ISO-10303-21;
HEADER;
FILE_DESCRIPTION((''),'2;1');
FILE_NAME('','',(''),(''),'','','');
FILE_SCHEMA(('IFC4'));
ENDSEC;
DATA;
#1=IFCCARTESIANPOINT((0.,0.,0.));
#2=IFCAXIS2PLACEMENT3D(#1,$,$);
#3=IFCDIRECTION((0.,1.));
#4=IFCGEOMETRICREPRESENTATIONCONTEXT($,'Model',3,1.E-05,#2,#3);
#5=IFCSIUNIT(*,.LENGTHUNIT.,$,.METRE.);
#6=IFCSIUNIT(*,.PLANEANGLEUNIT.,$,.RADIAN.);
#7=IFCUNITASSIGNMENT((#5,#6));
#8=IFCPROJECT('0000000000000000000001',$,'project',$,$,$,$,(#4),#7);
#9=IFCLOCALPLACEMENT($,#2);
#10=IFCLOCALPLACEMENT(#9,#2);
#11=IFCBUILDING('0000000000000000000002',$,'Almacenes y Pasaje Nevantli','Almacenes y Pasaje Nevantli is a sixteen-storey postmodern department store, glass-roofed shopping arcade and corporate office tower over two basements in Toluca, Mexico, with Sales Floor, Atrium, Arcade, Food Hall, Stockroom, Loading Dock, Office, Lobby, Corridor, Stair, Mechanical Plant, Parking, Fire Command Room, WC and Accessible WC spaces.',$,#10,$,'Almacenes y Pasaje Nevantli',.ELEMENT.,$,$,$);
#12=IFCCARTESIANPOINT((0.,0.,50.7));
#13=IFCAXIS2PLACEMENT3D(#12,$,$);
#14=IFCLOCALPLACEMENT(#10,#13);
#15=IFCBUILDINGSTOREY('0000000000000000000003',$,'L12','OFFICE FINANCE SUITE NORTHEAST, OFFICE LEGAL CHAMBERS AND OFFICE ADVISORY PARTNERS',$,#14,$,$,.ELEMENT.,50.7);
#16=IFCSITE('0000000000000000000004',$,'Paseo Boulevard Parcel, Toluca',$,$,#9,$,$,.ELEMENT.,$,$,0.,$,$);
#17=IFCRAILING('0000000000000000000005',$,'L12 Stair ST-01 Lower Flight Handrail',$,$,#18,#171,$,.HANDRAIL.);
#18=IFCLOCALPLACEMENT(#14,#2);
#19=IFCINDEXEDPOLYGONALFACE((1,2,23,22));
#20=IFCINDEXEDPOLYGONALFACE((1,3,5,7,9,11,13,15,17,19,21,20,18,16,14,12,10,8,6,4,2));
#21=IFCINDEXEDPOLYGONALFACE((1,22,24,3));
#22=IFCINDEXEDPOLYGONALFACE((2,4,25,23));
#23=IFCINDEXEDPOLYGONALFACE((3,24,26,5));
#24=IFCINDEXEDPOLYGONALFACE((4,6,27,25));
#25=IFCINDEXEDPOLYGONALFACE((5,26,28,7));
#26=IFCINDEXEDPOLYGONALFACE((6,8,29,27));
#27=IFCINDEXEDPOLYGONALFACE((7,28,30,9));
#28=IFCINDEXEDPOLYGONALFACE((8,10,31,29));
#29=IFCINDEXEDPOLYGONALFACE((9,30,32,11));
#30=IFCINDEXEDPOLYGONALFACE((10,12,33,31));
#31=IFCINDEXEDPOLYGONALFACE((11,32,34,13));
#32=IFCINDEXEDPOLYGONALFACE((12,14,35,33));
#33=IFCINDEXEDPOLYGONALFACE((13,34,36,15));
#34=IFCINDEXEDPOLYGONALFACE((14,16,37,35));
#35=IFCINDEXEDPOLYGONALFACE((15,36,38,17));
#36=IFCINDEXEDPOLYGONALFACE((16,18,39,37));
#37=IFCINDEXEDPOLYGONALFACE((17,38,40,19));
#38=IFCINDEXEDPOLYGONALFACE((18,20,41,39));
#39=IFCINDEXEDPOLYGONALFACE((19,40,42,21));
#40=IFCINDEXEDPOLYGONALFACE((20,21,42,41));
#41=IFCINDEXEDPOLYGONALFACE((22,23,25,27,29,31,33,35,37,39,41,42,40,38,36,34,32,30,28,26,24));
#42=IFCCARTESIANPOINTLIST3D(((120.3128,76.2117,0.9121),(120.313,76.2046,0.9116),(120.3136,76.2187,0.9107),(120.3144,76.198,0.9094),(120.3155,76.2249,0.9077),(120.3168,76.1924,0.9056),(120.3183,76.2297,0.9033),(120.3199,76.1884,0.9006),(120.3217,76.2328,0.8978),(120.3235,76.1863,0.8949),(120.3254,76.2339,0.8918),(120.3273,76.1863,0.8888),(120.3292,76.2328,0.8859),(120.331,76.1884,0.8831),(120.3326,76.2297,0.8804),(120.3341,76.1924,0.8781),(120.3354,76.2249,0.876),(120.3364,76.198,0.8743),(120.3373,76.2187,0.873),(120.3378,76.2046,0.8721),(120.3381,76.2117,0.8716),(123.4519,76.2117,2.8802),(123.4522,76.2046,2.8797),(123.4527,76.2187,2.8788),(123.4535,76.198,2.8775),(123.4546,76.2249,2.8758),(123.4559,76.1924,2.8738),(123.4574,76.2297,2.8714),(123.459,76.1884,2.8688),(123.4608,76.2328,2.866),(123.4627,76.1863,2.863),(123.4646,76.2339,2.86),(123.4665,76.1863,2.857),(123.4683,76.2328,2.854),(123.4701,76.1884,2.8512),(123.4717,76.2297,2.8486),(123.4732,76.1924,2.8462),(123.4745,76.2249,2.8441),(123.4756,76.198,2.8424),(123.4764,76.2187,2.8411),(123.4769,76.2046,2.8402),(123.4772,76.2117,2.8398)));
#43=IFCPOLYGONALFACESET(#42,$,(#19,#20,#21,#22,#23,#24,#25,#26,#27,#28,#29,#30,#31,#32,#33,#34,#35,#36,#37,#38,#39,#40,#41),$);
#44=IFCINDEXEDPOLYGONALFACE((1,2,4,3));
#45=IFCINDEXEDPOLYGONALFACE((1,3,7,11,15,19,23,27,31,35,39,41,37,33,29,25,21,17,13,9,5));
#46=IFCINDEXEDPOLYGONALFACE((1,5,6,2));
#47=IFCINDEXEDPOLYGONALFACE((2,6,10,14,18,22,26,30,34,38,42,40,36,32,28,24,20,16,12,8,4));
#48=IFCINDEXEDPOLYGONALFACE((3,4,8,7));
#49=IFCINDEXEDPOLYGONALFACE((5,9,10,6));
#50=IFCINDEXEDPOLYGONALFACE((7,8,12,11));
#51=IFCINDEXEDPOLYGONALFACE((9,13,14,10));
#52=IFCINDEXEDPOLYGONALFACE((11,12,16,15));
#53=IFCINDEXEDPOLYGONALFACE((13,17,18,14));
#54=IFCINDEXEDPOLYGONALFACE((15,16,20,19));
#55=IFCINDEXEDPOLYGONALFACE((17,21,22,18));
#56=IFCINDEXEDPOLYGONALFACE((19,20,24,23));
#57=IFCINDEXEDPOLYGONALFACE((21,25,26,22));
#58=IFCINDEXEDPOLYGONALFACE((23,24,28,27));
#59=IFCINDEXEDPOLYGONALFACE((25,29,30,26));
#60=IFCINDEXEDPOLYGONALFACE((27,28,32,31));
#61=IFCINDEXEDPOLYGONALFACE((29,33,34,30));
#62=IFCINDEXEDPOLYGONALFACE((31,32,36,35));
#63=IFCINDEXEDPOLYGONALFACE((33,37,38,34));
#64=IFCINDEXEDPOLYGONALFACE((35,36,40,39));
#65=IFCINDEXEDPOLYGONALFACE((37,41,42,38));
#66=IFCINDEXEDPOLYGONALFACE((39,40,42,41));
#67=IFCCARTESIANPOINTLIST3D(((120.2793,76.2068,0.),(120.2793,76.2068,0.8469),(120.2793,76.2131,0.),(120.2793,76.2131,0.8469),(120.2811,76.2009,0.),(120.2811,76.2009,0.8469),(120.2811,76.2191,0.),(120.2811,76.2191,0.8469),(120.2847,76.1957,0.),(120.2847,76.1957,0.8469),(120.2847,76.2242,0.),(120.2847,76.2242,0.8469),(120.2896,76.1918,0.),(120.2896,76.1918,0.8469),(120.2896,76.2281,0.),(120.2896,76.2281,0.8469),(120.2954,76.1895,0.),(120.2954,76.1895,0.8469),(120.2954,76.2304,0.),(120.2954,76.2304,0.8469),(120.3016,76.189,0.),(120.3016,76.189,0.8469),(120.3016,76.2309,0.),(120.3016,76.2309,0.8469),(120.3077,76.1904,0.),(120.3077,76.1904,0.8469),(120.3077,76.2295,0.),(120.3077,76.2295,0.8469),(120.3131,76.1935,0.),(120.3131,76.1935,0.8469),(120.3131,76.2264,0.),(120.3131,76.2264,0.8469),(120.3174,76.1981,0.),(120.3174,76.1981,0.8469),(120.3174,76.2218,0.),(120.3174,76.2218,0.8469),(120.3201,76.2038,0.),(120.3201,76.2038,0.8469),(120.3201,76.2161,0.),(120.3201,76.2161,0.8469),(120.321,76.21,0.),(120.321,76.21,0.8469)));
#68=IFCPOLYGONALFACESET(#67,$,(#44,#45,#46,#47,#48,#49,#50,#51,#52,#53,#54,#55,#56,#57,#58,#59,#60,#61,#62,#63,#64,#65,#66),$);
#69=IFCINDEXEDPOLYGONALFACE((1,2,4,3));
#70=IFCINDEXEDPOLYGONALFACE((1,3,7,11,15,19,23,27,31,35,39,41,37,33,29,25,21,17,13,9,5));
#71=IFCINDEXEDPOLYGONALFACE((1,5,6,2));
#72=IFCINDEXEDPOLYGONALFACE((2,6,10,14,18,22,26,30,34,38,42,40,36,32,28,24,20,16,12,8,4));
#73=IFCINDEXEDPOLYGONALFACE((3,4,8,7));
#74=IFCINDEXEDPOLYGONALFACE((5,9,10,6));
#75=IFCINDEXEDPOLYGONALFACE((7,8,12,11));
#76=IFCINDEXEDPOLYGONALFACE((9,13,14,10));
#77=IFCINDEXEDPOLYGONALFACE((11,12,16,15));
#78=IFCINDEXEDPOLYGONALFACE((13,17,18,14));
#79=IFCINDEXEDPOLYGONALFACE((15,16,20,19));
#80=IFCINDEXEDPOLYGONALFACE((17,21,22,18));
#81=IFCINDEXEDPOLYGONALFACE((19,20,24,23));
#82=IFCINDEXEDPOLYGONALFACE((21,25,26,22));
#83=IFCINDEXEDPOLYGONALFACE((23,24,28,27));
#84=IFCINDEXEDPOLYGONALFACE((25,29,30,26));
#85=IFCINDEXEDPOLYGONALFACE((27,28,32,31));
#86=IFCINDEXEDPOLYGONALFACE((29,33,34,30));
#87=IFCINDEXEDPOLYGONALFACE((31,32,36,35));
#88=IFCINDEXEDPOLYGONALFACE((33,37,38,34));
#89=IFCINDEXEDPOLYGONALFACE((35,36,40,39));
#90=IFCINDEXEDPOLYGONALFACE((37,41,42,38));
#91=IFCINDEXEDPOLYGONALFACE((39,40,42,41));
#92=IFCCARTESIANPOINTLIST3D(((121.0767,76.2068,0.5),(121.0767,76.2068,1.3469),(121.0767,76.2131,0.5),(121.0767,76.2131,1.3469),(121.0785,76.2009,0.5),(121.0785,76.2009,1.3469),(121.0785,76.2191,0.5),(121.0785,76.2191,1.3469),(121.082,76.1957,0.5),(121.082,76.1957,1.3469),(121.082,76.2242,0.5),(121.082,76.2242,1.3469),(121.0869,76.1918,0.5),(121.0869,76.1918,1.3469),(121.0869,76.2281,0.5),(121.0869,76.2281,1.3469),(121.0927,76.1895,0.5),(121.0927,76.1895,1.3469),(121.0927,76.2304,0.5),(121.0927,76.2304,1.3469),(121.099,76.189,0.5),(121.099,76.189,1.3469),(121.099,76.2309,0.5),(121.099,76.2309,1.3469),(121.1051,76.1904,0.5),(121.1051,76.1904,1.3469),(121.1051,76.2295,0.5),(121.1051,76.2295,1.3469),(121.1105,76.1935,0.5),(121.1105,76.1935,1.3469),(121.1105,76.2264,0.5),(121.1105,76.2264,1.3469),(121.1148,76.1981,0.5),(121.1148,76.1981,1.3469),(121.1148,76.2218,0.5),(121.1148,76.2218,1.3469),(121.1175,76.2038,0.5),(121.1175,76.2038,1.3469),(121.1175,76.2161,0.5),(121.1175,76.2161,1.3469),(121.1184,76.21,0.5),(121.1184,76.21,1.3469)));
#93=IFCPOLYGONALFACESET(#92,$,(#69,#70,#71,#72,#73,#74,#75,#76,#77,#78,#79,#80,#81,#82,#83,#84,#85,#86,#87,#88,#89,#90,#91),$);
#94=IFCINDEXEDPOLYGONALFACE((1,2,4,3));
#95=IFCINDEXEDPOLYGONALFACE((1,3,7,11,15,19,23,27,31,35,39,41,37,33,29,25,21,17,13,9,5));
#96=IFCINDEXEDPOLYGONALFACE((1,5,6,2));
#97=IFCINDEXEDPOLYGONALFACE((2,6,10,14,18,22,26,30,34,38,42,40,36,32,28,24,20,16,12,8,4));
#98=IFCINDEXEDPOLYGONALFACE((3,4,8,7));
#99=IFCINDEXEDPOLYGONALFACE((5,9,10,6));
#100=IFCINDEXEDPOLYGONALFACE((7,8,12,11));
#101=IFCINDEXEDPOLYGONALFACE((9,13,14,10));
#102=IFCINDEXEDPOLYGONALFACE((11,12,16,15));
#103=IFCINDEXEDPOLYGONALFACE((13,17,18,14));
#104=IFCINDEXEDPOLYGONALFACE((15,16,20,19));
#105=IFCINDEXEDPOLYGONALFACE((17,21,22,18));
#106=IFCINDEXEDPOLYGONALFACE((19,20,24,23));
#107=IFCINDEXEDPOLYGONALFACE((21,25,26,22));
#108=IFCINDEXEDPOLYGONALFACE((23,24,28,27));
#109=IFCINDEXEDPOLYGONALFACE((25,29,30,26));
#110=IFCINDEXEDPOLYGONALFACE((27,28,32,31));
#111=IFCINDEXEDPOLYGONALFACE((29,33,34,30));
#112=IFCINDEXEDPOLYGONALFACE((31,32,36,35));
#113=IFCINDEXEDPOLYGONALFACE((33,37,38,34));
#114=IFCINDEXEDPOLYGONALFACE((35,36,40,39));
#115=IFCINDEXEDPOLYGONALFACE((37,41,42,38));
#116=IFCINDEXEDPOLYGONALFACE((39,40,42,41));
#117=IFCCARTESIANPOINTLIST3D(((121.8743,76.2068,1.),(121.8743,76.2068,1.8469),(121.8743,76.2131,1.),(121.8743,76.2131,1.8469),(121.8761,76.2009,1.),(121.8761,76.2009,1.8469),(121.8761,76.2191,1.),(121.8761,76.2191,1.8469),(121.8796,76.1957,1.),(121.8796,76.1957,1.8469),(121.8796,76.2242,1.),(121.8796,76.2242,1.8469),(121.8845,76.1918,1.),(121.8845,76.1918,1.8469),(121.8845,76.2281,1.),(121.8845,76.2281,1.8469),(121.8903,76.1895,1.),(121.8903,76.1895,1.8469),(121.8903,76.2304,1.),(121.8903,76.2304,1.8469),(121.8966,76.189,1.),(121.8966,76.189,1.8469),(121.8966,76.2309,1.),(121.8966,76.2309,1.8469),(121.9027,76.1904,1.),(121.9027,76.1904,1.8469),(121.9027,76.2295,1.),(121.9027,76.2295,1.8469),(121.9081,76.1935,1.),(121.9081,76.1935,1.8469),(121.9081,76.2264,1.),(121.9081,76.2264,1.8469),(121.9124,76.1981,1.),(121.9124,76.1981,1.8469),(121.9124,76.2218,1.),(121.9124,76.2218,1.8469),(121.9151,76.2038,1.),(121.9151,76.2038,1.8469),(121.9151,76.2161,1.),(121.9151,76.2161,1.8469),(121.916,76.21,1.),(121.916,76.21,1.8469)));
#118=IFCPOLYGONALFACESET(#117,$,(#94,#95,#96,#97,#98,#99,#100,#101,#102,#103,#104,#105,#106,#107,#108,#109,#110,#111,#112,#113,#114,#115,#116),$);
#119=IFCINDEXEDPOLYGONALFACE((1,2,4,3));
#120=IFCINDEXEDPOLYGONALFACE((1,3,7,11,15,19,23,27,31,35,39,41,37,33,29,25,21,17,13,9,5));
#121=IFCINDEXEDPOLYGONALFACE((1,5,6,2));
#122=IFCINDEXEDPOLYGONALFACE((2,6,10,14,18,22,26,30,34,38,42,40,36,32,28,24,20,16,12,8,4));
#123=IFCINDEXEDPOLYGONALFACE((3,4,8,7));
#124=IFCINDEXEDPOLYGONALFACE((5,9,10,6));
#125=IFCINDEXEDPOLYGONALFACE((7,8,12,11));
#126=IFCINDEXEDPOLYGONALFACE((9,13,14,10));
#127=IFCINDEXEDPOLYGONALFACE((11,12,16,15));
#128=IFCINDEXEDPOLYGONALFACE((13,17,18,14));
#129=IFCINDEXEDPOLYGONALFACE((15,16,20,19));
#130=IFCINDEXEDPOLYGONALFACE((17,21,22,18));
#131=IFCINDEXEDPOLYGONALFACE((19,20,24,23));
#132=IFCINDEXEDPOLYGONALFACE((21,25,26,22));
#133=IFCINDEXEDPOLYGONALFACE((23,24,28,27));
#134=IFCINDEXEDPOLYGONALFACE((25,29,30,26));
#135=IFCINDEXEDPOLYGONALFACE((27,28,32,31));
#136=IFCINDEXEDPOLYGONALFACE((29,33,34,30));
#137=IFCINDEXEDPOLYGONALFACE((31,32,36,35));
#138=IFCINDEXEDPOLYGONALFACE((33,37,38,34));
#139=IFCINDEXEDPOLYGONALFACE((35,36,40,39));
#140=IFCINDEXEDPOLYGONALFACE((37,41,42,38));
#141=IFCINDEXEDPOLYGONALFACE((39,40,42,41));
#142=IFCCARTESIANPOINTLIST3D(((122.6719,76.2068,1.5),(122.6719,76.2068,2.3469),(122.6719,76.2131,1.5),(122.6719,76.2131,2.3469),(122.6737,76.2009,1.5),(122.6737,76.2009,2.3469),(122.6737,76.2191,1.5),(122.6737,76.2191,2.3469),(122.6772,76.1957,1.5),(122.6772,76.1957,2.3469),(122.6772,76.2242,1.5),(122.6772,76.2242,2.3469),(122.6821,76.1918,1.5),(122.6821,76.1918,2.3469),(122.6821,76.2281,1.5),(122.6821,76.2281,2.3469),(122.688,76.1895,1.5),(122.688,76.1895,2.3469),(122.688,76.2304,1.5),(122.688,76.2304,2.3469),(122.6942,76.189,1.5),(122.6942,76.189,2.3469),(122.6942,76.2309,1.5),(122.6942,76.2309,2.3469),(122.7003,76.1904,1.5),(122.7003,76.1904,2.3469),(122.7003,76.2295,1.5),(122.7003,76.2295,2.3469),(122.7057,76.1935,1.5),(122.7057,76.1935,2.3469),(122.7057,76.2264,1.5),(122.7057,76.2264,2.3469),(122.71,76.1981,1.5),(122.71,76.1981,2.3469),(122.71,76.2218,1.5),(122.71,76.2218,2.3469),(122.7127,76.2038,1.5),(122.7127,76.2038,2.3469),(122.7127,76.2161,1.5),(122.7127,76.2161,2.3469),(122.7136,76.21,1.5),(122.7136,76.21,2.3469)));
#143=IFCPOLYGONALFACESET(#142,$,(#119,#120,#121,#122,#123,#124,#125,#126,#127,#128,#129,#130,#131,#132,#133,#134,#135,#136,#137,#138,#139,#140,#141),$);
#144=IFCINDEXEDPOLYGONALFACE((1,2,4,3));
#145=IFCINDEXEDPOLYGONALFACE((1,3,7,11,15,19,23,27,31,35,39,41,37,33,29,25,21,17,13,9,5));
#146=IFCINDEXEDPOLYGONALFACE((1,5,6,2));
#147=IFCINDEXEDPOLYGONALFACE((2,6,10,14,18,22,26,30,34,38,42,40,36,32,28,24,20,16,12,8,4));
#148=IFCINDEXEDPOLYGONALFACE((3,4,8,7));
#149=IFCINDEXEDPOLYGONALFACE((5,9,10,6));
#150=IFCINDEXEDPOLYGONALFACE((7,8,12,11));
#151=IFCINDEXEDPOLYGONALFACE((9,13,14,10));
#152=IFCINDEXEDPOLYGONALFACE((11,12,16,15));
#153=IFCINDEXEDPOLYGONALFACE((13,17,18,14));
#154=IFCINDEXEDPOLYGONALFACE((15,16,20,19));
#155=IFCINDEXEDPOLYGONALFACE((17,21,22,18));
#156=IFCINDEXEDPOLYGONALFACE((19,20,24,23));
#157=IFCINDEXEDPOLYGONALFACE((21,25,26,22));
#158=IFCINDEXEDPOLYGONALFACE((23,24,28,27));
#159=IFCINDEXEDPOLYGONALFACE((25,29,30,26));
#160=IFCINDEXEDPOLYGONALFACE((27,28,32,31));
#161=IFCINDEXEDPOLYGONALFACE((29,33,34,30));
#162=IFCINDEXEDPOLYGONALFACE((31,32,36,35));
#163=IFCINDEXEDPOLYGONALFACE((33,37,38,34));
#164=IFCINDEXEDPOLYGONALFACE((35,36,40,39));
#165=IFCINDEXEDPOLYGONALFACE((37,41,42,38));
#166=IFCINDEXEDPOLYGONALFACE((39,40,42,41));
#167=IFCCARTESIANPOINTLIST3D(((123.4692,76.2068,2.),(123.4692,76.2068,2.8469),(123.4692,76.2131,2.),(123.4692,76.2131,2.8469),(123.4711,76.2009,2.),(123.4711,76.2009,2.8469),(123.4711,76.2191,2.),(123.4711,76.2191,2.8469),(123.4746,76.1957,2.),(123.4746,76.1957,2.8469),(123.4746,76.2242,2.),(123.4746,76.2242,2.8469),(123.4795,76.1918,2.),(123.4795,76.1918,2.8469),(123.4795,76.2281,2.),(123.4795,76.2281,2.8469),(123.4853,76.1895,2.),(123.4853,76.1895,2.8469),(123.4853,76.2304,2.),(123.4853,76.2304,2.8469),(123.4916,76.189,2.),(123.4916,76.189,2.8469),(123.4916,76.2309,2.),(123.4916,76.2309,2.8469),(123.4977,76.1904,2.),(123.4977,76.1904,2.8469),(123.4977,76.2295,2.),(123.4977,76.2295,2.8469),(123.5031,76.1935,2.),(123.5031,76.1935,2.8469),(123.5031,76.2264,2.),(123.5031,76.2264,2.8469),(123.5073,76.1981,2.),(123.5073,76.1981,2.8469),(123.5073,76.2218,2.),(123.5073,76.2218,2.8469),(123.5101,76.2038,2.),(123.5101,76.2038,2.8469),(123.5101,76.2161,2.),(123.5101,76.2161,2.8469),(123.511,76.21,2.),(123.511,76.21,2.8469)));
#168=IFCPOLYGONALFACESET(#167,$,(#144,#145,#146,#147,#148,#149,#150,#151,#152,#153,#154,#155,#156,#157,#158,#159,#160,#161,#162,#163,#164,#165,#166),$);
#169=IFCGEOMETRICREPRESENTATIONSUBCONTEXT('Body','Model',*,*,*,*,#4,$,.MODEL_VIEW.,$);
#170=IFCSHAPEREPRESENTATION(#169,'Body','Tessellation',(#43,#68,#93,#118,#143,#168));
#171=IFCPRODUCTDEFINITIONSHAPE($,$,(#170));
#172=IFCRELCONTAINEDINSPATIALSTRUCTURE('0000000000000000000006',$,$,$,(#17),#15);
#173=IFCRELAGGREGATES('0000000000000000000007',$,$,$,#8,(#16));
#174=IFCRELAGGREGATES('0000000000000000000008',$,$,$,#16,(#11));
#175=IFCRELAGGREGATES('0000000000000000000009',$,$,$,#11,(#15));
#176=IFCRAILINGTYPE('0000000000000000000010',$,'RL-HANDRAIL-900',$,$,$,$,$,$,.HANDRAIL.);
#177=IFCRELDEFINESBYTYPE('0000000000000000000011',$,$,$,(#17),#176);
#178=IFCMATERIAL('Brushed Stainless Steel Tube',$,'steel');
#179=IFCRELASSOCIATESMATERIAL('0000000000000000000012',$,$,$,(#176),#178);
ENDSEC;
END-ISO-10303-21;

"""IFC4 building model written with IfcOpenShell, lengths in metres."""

from ifc_helpers import new_model, si_unit, direction, frame, origin, origin_2d, place, context, subcontext, project, spatial, circle, extrude, material, type_object, element, save


model = new_model("IFC4")

# Units and contexts
model_context = context("Model", 3, precision=1e-05, world=origin(), true_north=direction((0.0, 1.0)))
body_context = subcontext(model_context, "Body", "Model", "MODEL_VIEW")
ifc_project = project(units=[si_unit("LENGTHUNIT", "METRE"), si_unit("PLANEANGLEUNIT", "RADIAN")], contexts=[model_context])

# Site, building, storey
site_placement = place(None, origin())
site = spatial("IfcSite", under=ifc_project, at=site_placement, Name="Paseo Boulevard Parcel, Toluca", CompositionType="ELEMENT", RefElevation=0.0)
building_placement = place(site_placement, origin())
building = spatial("IfcBuilding", under=site, at=building_placement, Name="Almacenes y Pasaje Nevantli", Description="Almacenes y Pasaje Nevantli is a sixteen-storey postmodern department store, glass-roofed shopping arcade and corporate office tower over two basements in Toluca, Mexico, with Sales Floor, Atrium, Arcade, Food Hall, Stockroom, Loading Dock, Office, Lobby, Corridor, Stair, Mechanical Plant, Parking, Fire Command Room, WC and Accessible WC spaces.", LongName="Almacenes y Pasaje Nevantli", CompositionType="ELEMENT")
storey_placement = place(building_placement, frame((0.0, 0.0, 50.7)))
storey = spatial("IfcBuildingStorey", under=building, at=storey_placement, Name="L12", Description="OFFICE FINANCE SUITE NORTHEAST, OFFICE LEGAL CHAMBERS AND OFFICE ADVISORY PARTNERS", CompositionType="ELEMENT", Elevation=50.7)

# Railing
ifc_material_1 = material(Name="Brushed Stainless Steel Tube", Category="steel")
railing_type_1 = type_object("IfcRailingType", Name="RL-HANDRAIL-900", PredefinedType="HANDRAIL", material=ifc_material_1)
railing_1_placement = place(storey_placement, frame((120.3, 76.21, 0.0)))
element("IfcRailing", 1, at=railing_1_placement, inside=storey, type_object=railing_type_1, Name="L12 Stair ST-01 Lower Flight Handrail", PredefinedType="HANDRAIL", context=body_context, shape_type="SweptSolid", body=[
    extrude(circle(Radius=0.0239, at=origin_2d()), frame((0.0254, 0.0, 0.8918), z_axis=(0.847247, 0.0, 0.531199), x_axis=(0.0, 1.0, 0.0)), (0.0, 0.0, 1.0), 3.7051),
    extrude(circle(Radius=0.021, at=origin_2d()), origin(), (0.0, 0.0, 1.0), 0.8469),
    extrude(circle(Radius=0.021, at=origin_2d()), frame((0.7974, 0.0, 0.5)), (0.0, 0.0, 1.0), 0.8469),
    extrude(circle(Radius=0.021, at=origin_2d()), frame((1.595, 0.0, 1.0)), (0.0, 0.0, 1.0), 0.8469),
    extrude(circle(Radius=0.021, at=origin_2d()), frame((2.3926, 0.0, 1.5)), (0.0, 0.0, 1.0), 0.8469),
    extrude(circle(Radius=0.021, at=origin_2d()), frame((3.1899, 0.0, 2.0)), (0.0, 0.0, 1.0), 0.8469),
])

save(model, "model.ifc")
